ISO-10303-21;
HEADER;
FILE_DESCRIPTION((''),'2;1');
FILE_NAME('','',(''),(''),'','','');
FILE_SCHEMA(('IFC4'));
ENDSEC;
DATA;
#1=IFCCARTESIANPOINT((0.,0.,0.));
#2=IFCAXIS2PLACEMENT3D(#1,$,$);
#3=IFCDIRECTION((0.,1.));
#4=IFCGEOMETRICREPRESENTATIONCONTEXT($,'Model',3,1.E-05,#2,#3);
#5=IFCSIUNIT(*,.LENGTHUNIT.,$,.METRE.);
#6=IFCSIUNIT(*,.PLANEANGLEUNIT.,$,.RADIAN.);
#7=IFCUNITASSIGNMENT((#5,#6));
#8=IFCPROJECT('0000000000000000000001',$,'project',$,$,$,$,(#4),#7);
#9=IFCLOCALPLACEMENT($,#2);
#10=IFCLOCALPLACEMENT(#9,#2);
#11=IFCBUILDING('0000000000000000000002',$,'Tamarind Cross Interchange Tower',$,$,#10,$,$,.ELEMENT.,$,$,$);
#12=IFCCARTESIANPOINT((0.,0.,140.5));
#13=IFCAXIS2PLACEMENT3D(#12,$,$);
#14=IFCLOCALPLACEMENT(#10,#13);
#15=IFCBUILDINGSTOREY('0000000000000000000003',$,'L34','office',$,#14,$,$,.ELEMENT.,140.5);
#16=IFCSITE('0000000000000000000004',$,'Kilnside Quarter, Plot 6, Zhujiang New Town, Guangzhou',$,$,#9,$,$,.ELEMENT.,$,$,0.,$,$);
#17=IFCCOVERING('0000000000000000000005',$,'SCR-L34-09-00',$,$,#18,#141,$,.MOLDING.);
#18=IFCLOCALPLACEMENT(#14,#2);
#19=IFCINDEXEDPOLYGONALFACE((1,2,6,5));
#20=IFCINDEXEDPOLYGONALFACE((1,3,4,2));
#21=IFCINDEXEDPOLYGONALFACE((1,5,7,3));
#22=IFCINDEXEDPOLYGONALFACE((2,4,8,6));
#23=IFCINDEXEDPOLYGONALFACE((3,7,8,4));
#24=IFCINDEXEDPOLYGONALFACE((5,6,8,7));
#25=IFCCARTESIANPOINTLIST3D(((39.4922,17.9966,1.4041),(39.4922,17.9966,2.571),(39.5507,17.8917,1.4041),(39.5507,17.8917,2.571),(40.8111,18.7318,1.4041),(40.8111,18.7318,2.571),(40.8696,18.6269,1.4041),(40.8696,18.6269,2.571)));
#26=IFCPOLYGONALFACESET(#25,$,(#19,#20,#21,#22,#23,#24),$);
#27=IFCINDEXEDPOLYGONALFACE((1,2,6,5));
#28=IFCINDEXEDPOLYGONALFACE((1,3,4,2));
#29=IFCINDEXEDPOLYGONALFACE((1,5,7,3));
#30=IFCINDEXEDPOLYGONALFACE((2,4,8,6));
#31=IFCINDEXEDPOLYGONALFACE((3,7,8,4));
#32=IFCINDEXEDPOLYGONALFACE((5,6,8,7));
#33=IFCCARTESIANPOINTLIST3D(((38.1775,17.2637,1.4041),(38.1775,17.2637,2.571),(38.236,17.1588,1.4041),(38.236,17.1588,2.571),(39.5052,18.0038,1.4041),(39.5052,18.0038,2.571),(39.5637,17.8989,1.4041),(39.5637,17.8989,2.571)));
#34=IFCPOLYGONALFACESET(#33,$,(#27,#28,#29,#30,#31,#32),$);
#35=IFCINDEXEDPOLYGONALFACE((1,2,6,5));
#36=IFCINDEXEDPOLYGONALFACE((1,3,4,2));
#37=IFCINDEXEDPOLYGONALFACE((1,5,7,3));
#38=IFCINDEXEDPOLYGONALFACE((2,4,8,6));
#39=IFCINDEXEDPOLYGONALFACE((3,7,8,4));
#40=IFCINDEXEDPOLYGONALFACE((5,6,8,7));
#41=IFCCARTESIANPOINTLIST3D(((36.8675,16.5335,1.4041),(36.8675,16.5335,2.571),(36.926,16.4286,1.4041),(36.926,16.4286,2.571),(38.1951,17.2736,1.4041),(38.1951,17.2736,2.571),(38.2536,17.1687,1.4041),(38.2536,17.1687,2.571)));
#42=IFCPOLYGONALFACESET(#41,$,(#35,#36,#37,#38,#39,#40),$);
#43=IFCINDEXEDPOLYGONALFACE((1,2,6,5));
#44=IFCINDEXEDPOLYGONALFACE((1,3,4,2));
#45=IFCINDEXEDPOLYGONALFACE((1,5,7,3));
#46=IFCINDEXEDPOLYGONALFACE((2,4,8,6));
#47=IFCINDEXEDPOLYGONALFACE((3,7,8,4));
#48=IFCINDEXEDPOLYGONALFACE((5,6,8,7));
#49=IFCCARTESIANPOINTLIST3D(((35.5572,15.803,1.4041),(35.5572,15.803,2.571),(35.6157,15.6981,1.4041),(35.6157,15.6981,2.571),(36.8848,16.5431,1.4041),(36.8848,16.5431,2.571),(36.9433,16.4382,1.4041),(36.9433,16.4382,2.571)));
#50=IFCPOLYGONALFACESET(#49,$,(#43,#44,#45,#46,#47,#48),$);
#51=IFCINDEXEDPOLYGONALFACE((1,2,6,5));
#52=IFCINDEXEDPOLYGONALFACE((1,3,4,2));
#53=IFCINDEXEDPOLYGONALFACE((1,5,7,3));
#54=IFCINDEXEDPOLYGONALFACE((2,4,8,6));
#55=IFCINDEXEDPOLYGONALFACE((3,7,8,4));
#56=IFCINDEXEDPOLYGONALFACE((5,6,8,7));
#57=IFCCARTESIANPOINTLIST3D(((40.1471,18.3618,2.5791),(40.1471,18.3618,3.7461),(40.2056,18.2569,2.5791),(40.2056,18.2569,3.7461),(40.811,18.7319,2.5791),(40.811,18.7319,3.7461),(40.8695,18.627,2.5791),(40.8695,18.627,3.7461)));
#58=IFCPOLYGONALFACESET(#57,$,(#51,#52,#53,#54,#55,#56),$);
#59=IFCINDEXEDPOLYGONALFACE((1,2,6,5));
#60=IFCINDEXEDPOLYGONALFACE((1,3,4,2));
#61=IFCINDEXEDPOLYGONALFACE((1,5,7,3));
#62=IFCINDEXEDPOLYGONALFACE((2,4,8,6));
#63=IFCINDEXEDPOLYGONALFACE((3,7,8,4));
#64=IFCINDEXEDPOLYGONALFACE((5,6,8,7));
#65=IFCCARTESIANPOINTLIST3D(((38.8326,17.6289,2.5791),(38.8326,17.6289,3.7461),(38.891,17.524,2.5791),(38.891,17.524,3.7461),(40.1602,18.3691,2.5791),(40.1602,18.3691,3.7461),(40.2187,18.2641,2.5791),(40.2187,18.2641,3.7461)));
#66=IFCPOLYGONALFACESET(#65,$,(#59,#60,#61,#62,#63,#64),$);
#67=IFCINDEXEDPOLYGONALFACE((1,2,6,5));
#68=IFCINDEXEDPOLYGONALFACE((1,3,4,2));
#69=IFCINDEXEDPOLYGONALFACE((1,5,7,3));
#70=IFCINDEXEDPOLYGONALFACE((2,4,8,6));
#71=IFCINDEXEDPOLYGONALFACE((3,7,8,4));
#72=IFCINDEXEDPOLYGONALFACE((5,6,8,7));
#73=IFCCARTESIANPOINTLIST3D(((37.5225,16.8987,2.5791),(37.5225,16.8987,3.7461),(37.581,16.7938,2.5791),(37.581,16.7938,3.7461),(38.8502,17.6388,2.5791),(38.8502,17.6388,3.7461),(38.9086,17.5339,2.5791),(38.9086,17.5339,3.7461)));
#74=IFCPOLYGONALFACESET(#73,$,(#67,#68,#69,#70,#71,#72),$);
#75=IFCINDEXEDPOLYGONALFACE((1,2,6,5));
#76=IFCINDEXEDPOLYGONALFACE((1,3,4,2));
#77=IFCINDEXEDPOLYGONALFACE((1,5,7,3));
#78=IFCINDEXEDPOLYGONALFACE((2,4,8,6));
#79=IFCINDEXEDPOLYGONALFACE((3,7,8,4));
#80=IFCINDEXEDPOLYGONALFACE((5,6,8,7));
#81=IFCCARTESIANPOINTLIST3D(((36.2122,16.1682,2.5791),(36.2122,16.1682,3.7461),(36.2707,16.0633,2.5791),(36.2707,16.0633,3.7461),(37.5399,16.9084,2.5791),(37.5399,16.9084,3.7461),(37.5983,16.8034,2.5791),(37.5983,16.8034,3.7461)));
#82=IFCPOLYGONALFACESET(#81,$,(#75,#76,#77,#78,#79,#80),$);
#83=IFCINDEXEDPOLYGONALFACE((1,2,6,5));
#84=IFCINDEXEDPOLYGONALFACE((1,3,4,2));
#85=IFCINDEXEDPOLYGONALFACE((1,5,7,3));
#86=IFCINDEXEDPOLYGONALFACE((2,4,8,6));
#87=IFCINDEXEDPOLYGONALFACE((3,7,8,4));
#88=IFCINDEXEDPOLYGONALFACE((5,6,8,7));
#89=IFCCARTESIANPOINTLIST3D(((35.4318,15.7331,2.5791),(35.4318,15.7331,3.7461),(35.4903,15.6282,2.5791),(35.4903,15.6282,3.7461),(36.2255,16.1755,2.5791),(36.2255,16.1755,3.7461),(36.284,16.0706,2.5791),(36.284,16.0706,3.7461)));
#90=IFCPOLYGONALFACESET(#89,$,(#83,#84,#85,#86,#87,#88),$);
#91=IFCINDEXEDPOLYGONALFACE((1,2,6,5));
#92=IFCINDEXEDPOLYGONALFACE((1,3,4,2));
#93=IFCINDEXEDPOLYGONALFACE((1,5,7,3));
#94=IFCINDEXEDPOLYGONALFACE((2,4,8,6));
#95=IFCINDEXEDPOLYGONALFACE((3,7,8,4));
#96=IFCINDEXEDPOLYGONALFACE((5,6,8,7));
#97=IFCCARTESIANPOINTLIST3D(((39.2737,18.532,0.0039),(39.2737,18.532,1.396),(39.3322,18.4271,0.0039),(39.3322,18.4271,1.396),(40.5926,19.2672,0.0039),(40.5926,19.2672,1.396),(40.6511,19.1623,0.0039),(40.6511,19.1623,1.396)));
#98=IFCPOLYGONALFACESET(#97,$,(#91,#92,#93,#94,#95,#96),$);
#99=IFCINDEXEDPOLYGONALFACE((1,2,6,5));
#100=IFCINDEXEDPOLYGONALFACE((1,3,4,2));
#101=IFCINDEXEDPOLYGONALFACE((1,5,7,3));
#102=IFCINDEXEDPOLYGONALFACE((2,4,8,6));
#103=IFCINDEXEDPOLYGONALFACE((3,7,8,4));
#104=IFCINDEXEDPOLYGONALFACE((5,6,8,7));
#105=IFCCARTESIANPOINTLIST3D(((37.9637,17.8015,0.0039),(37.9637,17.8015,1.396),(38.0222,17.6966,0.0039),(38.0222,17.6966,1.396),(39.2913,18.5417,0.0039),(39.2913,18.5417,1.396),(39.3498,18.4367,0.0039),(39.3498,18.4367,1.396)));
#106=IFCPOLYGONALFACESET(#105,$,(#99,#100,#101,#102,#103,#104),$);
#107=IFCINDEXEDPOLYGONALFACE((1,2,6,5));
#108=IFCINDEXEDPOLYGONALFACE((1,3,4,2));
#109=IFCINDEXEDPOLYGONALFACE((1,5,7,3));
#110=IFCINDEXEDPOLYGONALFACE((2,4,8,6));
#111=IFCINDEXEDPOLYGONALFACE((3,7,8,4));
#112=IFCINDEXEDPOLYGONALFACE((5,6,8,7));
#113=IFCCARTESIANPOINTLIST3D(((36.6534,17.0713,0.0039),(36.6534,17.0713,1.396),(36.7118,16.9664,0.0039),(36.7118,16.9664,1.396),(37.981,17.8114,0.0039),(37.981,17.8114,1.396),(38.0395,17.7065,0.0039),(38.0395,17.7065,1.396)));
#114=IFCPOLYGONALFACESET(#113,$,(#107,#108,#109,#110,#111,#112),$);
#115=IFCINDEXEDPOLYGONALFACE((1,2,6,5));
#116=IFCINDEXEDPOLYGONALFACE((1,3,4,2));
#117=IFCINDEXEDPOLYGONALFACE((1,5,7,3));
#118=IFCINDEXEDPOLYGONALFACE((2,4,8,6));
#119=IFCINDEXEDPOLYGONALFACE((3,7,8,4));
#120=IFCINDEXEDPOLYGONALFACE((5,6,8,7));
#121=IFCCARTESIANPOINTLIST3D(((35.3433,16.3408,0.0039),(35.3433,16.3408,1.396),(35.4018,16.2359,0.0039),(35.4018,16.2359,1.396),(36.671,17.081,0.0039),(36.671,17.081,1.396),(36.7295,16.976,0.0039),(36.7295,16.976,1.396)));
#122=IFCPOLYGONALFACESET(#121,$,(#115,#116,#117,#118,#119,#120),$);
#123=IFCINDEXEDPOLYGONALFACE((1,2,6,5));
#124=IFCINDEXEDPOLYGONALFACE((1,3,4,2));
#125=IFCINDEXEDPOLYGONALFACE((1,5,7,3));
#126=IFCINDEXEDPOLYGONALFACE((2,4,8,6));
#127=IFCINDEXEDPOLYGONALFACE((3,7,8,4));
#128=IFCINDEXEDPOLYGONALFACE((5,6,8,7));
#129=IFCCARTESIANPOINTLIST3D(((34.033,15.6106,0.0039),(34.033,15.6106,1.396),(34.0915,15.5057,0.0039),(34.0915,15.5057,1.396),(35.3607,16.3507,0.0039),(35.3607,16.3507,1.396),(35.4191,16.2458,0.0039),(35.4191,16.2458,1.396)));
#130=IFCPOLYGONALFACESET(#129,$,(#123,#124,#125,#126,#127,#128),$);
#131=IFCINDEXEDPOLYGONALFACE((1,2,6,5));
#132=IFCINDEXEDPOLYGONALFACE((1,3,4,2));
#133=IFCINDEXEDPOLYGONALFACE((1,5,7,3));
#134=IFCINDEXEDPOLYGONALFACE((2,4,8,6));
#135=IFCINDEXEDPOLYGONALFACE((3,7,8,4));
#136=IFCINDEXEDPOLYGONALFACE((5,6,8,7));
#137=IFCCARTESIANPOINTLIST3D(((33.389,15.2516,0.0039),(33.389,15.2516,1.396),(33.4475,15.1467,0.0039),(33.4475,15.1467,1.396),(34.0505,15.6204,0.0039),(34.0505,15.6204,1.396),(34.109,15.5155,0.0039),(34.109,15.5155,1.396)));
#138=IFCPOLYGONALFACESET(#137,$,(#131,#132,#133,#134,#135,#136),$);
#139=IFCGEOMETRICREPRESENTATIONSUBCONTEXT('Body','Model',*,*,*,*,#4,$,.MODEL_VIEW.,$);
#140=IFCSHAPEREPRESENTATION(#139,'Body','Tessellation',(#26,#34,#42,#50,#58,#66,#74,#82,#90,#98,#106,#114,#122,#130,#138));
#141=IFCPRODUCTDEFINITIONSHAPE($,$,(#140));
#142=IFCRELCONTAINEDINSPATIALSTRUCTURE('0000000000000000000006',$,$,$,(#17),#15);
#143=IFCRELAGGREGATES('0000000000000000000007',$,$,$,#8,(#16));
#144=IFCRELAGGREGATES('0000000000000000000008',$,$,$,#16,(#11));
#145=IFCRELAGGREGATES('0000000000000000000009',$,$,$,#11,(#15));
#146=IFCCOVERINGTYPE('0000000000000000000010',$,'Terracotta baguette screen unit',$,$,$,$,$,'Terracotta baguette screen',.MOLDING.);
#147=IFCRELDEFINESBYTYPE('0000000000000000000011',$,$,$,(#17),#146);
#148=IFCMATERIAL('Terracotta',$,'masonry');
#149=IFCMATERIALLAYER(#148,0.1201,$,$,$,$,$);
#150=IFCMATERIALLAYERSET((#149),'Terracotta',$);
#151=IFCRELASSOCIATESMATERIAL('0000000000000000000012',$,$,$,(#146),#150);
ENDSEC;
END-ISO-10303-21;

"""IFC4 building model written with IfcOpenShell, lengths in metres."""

from ifc_helpers import new_model, si_unit, direction, frame, origin, origin_2d, place, context, subcontext, project, spatial, rectangle, extrude, material, layer, layer_set, type_object, element, save


model = new_model("IFC4")

# Units and contexts
model_context = context("Model", 3, precision=1e-05, world=origin(), true_north=direction((0.0, 1.0)))
body_context = subcontext(model_context, "Body", "Model", "MODEL_VIEW")
ifc_project = project(units=[si_unit("LENGTHUNIT", "METRE"), si_unit("PLANEANGLEUNIT", "RADIAN")], contexts=[model_context])

# Site, building, storey
site_placement = place(None, origin())
site = spatial("IfcSite", under=ifc_project, at=site_placement, Name="Kilnside Quarter, Plot 6, Zhujiang New Town, Guangzhou", CompositionType="ELEMENT", RefElevation=0.0)
building_placement = place(site_placement, origin())
building = spatial("IfcBuilding", under=site, at=building_placement, Name="Tamarind Cross Interchange Tower", CompositionType="ELEMENT")
storey_placement = place(building_placement, frame((0.0, 0.0, 140.5)))
storey = spatial("IfcBuildingStorey", under=building, at=storey_placement, Name="L34", Description="office", CompositionType="ELEMENT", Elevation=140.5)

# Covering
ifc_material_1 = material(Name="Terracotta", Category="masonry")
ifc_layer_1 = layer(ifc_material_1, 0.1201)
ifc_layer_set_1 = layer_set([ifc_layer_1], Name="Terracotta")
covering_type = type_object("IfcCoveringType", Name="Terracotta baguette screen unit", ElementType="Terracotta baguette screen", PredefinedType="MOLDING", material=ifc_layer_set_1)
covering_1_placement = place(storey_placement, origin())
element("IfcCovering", 1, at=covering_1_placement, inside=storey, type_object=covering_type, Name="SCR-L34-09-00", PredefinedType="MOLDING", context=body_context, shape_type="SweptSolid", body=[
    extrude(rectangle(XDim=1.51, YDim=0.1201, at=origin_2d()), frame((40.1809, 18.3118, 1.4041), z_axis=(0.0, 0.0, 1.0), x_axis=(-0.87345, -0.486915, 0.0)), (0.0, 0.0, 1.0), 1.167),
    extrude(rectangle(XDim=1.52, YDim=0.1201, at=origin_2d()), frame((38.8706, 17.5813, 1.4041), z_axis=(0.0, 0.0, 1.0), x_axis=(-0.87345, -0.486915, 0.0)), (0.0, 0.0, 1.0), 1.167),
    extrude(rectangle(XDim=1.52, YDim=0.1201, at=origin_2d()), frame((37.5605, 16.8511, 1.4041), z_axis=(0.0, 0.0, 1.0), x_axis=(-0.87345, -0.486915, 0.0)), (0.0, 0.0, 1.0), 1.167),
    extrude(rectangle(XDim=1.52, YDim=0.1201, at=origin_2d()), frame((36.2502, 16.1206, 1.4041), z_axis=(0.0, 0.0, 1.0), x_axis=(-0.87345, -0.486915, 0.0)), (0.0, 0.0, 1.0), 1.167),
    extrude(rectangle(XDim=0.76, YDim=0.1201, at=origin_2d()), frame((40.5083, 18.4944, 2.5791), z_axis=(0.0, 0.0, 1.0), x_axis=(-0.87345, -0.486915, 0.0)), (0.0, 0.0, 1.0), 1.167),
    extrude(rectangle(XDim=1.52, YDim=0.1201, at=origin_2d()), frame((39.5256, 17.9465, 2.5791), z_axis=(0.0, 0.0, 1.0), x_axis=(-0.87345, -0.486915, 0.0)), (0.0, 0.0, 1.0), 1.167),
    extrude(rectangle(XDim=1.52, YDim=0.1201, at=origin_2d()), frame((38.2156, 17.2163, 2.5791), z_axis=(0.0, 0.0, 1.0), x_axis=(-0.87345, -0.486915, 0.0)), (0.0, 0.0, 1.0), 1.167),
    extrude(rectangle(XDim=1.52, YDim=0.1201, at=origin_2d()), frame((36.9053, 16.4858, 2.5791), z_axis=(0.0, 0.0, 1.0), x_axis=(-0.87345, -0.486915, 0.0)), (0.0, 0.0, 1.0), 1.167),
    extrude(rectangle(XDim=0.9087, YDim=0.1201, at=origin_2d()), frame((35.8579, 15.9019, 2.5791), z_axis=(0.0, 0.0, 1.0), x_axis=(-0.87345, -0.486915, 0.0)), (0.0, 0.0, 1.0), 1.167),
    extrude(rectangle(XDim=1.51, YDim=0.1201, at=origin_2d()), frame((39.9624, 18.8472, 0.0039), z_axis=(0.0, 0.0, 1.0), x_axis=(-0.87345, -0.486915, 0.0)), (0.0, 0.0, 1.0), 1.3921),
    extrude(rectangle(XDim=1.52, YDim=0.1201, at=origin_2d()), frame((38.6567, 18.1191, 0.0039), z_axis=(0.0, 0.0, 1.0), x_axis=(-0.87345, -0.486915, 0.0)), (0.0, 0.0, 1.0), 1.3921),
    extrude(rectangle(XDim=1.52, YDim=0.1201, at=origin_2d()), frame((37.3464, 17.3889, 0.0039), z_axis=(0.0, 0.0, 1.0), x_axis=(-0.87345, -0.486915, 0.0)), (0.0, 0.0, 1.0), 1.3921),
    extrude(rectangle(XDim=1.52, YDim=0.1201, at=origin_2d()), frame((36.0364, 16.6584, 0.0039), z_axis=(0.0, 0.0, 1.0), x_axis=(-0.87345, -0.486915, 0.0)), (0.0, 0.0, 1.0), 1.3921),
    extrude(rectangle(XDim=1.52, YDim=0.1201, at=origin_2d()), frame((34.7261, 15.9282, 0.0039), z_axis=(0.0, 0.0, 1.0), x_axis=(-0.87345, -0.486915, 0.0)), (0.0, 0.0, 1.0), 1.3921),
    extrude(rectangle(XDim=0.7573, YDim=0.1201, at=origin_2d()), frame((33.749, 15.3835, 0.0039), z_axis=(0.0, 0.0, 1.0), x_axis=(-0.87345, -0.486915, 0.0)), (0.0, 0.0, 1.0), 1.3921),
])

save(model, "model.ifc")
